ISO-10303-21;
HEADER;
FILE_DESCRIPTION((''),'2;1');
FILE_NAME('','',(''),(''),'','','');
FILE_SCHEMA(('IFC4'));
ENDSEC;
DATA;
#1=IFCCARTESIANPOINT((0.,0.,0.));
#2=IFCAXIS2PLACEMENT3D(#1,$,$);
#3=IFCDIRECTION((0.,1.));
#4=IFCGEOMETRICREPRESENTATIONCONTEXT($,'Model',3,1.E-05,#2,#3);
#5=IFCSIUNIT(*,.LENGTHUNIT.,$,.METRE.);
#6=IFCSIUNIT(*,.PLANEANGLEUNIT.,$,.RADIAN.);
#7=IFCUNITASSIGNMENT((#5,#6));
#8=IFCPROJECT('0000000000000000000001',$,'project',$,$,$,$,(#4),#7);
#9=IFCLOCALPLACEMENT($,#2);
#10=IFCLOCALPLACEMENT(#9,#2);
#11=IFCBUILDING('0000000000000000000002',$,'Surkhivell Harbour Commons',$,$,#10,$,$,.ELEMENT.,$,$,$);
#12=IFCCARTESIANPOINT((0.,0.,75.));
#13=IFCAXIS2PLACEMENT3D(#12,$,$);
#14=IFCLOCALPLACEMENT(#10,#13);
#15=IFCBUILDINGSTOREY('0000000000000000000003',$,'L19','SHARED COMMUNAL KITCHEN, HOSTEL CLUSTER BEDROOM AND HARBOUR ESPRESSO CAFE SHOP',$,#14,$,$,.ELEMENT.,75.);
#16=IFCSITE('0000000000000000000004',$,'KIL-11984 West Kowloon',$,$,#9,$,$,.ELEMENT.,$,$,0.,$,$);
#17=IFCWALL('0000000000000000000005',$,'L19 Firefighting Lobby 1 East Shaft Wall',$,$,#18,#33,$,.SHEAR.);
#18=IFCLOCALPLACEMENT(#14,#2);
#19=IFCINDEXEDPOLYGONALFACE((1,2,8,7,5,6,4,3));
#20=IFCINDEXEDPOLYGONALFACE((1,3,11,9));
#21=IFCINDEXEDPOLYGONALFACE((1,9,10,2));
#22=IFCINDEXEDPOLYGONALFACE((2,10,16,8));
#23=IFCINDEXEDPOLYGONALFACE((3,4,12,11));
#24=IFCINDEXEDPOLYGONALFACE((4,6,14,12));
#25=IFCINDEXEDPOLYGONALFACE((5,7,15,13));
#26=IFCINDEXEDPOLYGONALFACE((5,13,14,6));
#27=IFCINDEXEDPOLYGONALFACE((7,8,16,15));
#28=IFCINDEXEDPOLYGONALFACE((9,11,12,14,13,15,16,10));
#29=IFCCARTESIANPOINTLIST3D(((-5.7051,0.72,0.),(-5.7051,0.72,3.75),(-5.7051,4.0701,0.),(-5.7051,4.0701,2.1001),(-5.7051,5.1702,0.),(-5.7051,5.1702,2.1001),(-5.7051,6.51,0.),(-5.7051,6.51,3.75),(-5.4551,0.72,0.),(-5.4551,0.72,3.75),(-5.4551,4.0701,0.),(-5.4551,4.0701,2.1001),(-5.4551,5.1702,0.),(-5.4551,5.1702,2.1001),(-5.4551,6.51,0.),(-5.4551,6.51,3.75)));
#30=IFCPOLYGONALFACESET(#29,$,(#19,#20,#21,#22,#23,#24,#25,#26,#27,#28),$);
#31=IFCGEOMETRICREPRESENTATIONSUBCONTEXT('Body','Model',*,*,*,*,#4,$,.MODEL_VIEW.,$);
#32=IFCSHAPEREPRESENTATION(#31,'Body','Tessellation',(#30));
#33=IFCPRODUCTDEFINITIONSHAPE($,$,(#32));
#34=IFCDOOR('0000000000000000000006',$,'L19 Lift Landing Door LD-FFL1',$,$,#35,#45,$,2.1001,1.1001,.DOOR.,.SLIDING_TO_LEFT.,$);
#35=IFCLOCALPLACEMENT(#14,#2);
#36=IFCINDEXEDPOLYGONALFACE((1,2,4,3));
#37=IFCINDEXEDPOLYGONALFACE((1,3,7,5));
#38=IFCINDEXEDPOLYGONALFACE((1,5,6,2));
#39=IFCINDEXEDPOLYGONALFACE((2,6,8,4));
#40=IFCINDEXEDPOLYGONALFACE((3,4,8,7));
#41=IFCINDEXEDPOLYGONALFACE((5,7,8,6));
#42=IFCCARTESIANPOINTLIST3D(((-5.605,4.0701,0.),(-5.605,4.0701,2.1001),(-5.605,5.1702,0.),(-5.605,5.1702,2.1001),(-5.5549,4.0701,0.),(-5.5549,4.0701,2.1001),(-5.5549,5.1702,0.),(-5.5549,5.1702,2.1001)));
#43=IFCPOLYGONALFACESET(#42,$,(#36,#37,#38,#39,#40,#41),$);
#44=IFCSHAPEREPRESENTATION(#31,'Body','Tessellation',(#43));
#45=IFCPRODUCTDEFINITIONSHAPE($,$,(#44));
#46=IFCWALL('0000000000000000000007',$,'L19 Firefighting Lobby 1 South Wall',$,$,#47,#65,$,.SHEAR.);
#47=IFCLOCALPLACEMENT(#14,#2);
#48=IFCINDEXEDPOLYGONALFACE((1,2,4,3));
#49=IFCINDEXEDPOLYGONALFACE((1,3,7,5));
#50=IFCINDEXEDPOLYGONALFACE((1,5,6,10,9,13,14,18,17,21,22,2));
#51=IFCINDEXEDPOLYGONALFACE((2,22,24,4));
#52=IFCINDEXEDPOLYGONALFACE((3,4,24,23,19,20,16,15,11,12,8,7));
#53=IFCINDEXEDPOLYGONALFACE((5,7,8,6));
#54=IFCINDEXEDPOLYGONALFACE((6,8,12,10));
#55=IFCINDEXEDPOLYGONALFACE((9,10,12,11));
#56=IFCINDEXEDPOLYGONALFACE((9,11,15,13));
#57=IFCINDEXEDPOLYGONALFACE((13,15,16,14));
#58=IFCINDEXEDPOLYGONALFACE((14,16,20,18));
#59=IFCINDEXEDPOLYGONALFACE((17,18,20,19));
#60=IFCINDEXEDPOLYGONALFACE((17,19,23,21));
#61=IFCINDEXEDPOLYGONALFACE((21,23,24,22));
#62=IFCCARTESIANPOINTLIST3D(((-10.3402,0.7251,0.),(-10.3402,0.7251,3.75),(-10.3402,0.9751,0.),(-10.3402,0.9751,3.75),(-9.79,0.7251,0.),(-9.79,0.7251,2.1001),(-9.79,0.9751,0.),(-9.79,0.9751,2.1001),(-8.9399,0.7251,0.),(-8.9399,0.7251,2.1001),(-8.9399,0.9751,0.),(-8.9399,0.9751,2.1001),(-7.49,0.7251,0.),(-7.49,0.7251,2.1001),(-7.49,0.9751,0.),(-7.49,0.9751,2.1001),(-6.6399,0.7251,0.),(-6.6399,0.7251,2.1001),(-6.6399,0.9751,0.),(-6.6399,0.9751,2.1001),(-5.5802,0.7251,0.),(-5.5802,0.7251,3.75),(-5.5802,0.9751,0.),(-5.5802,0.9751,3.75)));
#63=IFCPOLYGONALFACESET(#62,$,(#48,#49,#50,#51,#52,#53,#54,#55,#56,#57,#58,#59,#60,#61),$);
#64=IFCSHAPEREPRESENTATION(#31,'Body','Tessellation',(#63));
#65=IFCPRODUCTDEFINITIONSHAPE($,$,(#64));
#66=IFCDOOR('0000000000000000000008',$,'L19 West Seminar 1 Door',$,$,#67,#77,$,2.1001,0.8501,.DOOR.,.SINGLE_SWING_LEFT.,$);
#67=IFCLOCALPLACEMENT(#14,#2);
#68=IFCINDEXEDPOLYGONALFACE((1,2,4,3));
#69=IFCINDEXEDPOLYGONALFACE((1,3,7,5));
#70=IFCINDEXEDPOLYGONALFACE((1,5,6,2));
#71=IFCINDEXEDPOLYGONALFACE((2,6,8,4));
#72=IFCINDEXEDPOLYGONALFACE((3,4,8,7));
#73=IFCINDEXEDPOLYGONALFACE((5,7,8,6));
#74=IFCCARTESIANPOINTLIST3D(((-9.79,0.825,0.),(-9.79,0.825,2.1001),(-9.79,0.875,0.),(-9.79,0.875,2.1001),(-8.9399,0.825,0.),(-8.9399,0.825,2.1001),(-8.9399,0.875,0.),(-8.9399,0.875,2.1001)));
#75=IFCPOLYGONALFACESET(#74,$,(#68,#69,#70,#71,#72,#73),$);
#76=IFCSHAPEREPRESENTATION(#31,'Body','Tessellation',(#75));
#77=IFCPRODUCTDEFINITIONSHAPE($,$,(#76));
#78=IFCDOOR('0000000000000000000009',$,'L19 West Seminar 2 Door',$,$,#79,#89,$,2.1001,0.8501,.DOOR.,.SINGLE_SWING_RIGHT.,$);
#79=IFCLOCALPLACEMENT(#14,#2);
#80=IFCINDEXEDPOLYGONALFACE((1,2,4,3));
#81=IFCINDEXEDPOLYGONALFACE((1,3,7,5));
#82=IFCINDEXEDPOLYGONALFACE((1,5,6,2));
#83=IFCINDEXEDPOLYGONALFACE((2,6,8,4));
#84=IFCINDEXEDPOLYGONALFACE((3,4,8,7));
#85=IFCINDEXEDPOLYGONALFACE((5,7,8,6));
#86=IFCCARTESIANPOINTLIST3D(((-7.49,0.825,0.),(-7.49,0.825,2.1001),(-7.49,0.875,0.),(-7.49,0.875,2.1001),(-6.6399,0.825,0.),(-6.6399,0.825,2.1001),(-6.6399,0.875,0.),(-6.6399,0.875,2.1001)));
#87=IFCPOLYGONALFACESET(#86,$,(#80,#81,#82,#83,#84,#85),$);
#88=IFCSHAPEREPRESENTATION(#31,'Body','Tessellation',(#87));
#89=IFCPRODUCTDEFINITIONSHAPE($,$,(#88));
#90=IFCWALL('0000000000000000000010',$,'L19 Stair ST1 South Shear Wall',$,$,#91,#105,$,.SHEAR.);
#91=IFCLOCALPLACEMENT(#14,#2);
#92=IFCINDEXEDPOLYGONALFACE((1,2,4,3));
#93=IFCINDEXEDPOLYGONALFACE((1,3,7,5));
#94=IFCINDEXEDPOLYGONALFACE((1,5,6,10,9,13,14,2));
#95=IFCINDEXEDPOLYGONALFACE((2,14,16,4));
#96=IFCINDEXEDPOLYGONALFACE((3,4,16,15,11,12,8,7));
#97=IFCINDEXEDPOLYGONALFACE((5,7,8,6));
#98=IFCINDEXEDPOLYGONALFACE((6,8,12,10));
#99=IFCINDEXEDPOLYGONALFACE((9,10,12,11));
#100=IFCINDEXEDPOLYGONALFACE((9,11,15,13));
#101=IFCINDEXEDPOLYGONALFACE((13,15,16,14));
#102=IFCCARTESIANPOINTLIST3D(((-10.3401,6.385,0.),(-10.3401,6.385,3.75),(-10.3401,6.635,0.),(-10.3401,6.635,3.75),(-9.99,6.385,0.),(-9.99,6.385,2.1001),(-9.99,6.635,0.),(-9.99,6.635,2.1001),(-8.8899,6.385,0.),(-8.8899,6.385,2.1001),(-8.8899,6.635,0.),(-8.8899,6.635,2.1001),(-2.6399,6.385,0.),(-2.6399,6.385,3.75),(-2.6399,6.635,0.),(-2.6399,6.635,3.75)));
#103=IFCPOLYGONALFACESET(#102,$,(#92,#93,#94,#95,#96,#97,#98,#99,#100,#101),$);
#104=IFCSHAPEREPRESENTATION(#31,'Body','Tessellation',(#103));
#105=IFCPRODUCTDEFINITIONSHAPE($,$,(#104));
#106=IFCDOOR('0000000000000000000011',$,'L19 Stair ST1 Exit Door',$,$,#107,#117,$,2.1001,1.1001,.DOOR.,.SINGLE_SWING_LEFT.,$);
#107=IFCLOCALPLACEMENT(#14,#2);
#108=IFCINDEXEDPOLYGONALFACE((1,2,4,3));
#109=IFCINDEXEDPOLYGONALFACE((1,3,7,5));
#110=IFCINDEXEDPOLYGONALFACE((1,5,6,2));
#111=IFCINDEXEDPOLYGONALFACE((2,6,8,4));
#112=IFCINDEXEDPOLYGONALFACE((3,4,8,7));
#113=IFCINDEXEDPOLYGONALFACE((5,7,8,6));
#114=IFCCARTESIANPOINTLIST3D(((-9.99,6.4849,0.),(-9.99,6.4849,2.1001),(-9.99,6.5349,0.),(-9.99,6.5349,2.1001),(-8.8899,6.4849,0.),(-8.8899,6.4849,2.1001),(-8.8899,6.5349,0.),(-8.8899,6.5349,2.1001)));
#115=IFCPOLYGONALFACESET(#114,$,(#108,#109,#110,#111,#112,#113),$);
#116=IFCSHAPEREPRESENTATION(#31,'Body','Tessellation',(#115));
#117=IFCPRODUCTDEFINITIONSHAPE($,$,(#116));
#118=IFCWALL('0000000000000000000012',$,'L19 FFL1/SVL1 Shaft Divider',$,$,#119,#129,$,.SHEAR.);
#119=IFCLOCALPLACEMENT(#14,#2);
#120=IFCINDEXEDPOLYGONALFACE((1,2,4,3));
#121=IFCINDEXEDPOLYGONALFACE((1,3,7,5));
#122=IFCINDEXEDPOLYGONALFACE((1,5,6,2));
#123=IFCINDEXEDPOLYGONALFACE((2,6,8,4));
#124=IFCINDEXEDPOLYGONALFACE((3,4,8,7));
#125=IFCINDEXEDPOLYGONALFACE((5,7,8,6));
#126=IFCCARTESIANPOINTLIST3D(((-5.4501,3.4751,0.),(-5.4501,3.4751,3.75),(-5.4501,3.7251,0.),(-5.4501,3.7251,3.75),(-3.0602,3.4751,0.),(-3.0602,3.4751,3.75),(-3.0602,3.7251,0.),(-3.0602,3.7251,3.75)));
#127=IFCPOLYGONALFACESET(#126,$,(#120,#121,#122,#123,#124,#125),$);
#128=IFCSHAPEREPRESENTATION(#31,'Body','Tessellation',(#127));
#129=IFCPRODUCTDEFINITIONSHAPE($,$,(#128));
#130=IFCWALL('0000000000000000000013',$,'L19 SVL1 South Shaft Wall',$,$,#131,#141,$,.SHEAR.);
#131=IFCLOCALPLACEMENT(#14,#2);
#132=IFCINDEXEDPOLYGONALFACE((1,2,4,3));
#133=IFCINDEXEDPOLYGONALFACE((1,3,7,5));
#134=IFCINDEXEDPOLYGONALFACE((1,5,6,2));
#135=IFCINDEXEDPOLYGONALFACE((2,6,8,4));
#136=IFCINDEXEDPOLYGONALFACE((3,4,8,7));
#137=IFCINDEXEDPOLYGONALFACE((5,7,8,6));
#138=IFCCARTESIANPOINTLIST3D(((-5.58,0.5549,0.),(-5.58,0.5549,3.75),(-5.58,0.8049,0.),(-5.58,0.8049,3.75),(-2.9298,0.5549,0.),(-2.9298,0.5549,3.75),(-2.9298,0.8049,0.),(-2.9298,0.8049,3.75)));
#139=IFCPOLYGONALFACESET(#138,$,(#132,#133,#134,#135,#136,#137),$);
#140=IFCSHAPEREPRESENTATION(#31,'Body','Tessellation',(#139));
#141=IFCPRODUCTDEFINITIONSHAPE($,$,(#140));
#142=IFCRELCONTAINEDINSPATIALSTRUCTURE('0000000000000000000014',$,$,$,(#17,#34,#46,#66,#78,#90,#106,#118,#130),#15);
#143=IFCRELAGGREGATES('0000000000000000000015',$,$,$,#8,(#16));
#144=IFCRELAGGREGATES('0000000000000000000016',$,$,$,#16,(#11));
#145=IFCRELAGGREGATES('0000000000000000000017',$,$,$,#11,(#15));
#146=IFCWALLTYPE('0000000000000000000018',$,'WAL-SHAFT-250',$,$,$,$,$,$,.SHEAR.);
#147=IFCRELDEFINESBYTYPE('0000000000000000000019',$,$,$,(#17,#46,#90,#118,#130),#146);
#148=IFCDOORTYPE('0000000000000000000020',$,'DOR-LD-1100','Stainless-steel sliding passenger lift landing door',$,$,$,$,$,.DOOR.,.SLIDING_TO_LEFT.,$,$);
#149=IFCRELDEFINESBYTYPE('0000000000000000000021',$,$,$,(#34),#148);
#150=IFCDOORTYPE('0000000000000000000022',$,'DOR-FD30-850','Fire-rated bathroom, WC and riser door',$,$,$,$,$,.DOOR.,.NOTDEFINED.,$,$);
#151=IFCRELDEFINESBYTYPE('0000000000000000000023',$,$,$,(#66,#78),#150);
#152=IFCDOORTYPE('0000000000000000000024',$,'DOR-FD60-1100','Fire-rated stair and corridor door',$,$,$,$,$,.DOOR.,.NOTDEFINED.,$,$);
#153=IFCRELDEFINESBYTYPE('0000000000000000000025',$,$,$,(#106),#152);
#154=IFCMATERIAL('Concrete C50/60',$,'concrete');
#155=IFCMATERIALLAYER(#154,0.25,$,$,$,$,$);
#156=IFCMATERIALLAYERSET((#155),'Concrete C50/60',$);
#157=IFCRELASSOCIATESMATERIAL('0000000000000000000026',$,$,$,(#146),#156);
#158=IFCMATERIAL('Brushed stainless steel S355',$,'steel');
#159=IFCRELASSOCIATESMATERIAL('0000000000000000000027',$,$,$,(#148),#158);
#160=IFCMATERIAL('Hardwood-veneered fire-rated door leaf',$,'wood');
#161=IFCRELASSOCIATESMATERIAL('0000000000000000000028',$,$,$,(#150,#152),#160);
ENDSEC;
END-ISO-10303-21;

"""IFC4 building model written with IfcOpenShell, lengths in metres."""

from ifc_helpers import new_model, si_unit, direction, frame, frame_2d, origin, place, context, subcontext, project, spatial, rectangle, extrude, material, layer, layer_set, type_object, element, fill, save


model = new_model("IFC4")

# Units and contexts
model_context = context("Model", 3, precision=1e-05, world=origin(), true_north=direction((0.0, 1.0)))
body_context = subcontext(model_context, "Body", "Model", "MODEL_VIEW")
ifc_project = project(units=[si_unit("LENGTHUNIT", "METRE"), si_unit("PLANEANGLEUNIT", "RADIAN")], contexts=[model_context])

# Site, building, storey
site_placement = place(None, origin())
site = spatial("IfcSite", under=ifc_project, at=site_placement, Name="KIL-11984 West Kowloon", CompositionType="ELEMENT", RefElevation=0.0)
building_placement = place(site_placement, origin())
building = spatial("IfcBuilding", under=site, at=building_placement, Name="Surkhivell Harbour Commons", CompositionType="ELEMENT")
storey_placement = place(building_placement, frame((0.0, 0.0, 75.0)))
storey = spatial("IfcBuildingStorey", under=building, at=storey_placement, Name="L19", Description="SHARED COMMUNAL KITCHEN, HOSTEL CLUSTER BEDROOM AND HARBOUR ESPRESSO CAFE SHOP", CompositionType="ELEMENT", Elevation=75.0)

# Shared definitions
ifc_material_1 = material(Name="Hardwood-veneered fire-rated door leaf", Category="wood")

# Wall, opening, door
ifc_material_2 = material(Name="Concrete C50/60", Category="concrete")
ifc_layer_1 = layer(ifc_material_2, 0.25)
ifc_layer_set_1 = layer_set([ifc_layer_1], Name="Concrete C50/60")
wall_type_1 = type_object("IfcWallType", Name="WAL-SHAFT-250", PredefinedType="SHEAR", material=ifc_layer_set_1)
wall_1_placement = place(storey_placement, frame((-5.5801, 0.72, 0.0), z_axis=(0.0, 0.0, 1.0), x_axis=(0.0, 1.0, 0.0)))
wall_1 = element("IfcWall", 1, at=wall_1_placement, inside=storey, type_object=wall_type_1, Name="L19 Firefighting Lobby 1 East Shaft Wall", PredefinedType="SHEAR", context=body_context, shape_type="SweptSolid", body=[
    extrude(rectangle(XDim=5.79, YDim=0.25, at=frame_2d((2.895, 0.0))), origin(), (0.0, 0.0, 1.0), 3.75),
])
opening_1_placement = place(wall_1_placement, frame((3.3501, 0.0, 0.0)))
opening_1 = element("IfcOpeningElement", 2, at=opening_1_placement, cuts=wall_1, PredefinedType="OPENING", context=body_context, shape_type="SweptSolid", body=[
    extrude(rectangle(XDim=1.1001, YDim=2.1001, at=frame_2d((0.55, 1.05))), frame((0.0, 0.135, 0.0), z_axis=(0.0, -1.0, 0.0), x_axis=(1.0, 0.0, 0.0)), (0.0, 0.0, 1.0), 0.27),
])
ifc_material_3 = material(Name="Brushed stainless steel S355", Category="steel")
door_type_1 = type_object("IfcDoorType", Name="DOR-LD-1100", Description="Stainless-steel sliding passenger lift landing door", OperationType="SLIDING_TO_LEFT", PredefinedType="DOOR", material=ifc_material_3)
door_1_placement = place(opening_1_placement, origin())
door_1 = element("IfcDoor", 3, at=door_1_placement, inside=storey, type_object=door_type_1, Name="L19 Lift Landing Door LD-FFL1", OperationType="SLIDING_TO_LEFT", OverallHeight=2.1001, OverallWidth=1.1001, PredefinedType="DOOR", context=body_context, shape_type="SweptSolid", body=[
    extrude(rectangle(XDim=1.1001, YDim=2.1001, at=frame_2d((0.55, 1.05))), frame((0.0, 0.0249, 0.0), z_axis=(0.0, -1.0, 0.0), x_axis=(1.0, 0.0, 0.0)), (0.0, 0.0, 1.0), 0.05),
])
fill(opening_1, door_1)

# Wall, openings, doors
wall_2_placement = place(storey_placement, frame((-10.3401, 0.8501, 0.0), z_axis=(0.0, 0.0, 1.0), x_axis=(1.0, 0.0, 0.0)))
wall_2 = element("IfcWall", 4, at=wall_2_placement, inside=storey, type_object=wall_type_1, Name="L19 Firefighting Lobby 1 South Wall", PredefinedType="SHEAR", context=body_context, shape_type="SweptSolid", body=[
    extrude(rectangle(XDim=4.76, YDim=0.25, at=frame_2d((2.3799, 0.0))), origin(), (0.0, 0.0, 1.0), 3.75),
])
opening_2_placement = place(wall_2_placement, frame((0.55, 0.0, 0.0)))
opening_2 = element("IfcOpeningElement", 5, at=opening_2_placement, cuts=wall_2, PredefinedType="OPENING", context=body_context, shape_type="SweptSolid", body=[
    extrude(rectangle(XDim=0.8501, YDim=2.1001, at=frame_2d((0.425, 1.05))), frame((0.0, 0.135, 0.0), z_axis=(0.0, -1.0, 0.0), x_axis=(1.0, 0.0, 0.0)), (0.0, 0.0, 1.0), 0.27),
])
opening_3_placement = place(wall_2_placement, frame((2.8501, 0.0, 0.0)))
opening_3 = element("IfcOpeningElement", 6, at=opening_3_placement, cuts=wall_2, PredefinedType="OPENING", context=body_context, shape_type="SweptSolid", body=[
    extrude(rectangle(XDim=0.8501, YDim=2.1001, at=frame_2d((0.425, 1.05))), frame((0.0, 0.135, 0.0), z_axis=(0.0, -1.0, 0.0), x_axis=(1.0, 0.0, 0.0)), (0.0, 0.0, 1.0), 0.27),
])
door_type_2 = type_object("IfcDoorType", Name="DOR-FD30-850", Description="Fire-rated bathroom, WC and riser door", OperationType="NOTDEFINED", PredefinedType="DOOR", material=ifc_material_1)
door_2_placement = place(opening_2_placement, origin())
door_2 = element("IfcDoor", 7, at=door_2_placement, inside=storey, type_object=door_type_2, Name="L19 West Seminar 1 Door", OperationType="SINGLE_SWING_LEFT", OverallHeight=2.1001, OverallWidth=0.8501, PredefinedType="DOOR", context=body_context, shape_type="SweptSolid", body=[
    extrude(rectangle(XDim=0.8501, YDim=2.1001, at=frame_2d((0.425, 1.05))), frame((0.0, 0.0249, 0.0), z_axis=(0.0, -1.0, 0.0), x_axis=(1.0, 0.0, 0.0)), (0.0, 0.0, 1.0), 0.05),
])
fill(opening_2, door_2)
door_3_placement = place(opening_3_placement, origin())
door_3 = element("IfcDoor", 8, at=door_3_placement, inside=storey, type_object=door_type_2, Name="L19 West Seminar 2 Door", OperationType="SINGLE_SWING_RIGHT", OverallHeight=2.1001, OverallWidth=0.8501, PredefinedType="DOOR", context=body_context, shape_type="SweptSolid", body=[
    extrude(rectangle(XDim=0.8501, YDim=2.1001, at=frame_2d((0.425, 1.05))), frame((0.0, 0.0249, 0.0), z_axis=(0.0, -1.0, 0.0), x_axis=(1.0, 0.0, 0.0)), (0.0, 0.0, 1.0), 0.05),
])
fill(opening_3, door_3)

# Wall, opening, door
wall_3_placement = place(storey_placement, frame((-10.3401, 6.51, 0.0), z_axis=(0.0, 0.0, 1.0), x_axis=(1.0, 0.0, 0.0)))
wall_3 = element("IfcWall", 9, at=wall_3_placement, inside=storey, type_object=wall_type_1, Name="L19 Stair ST1 South Shear Wall", PredefinedType="SHEAR", context=body_context, shape_type="SweptSolid", body=[
    extrude(rectangle(XDim=7.7002, YDim=0.25, at=frame_2d((3.8501, 0.0))), origin(), (0.0, 0.0, 1.0), 3.75),
])
opening_4_placement = place(wall_3_placement, frame((0.3501, 0.0, 0.0)))
opening_4 = element("IfcOpeningElement", 10, at=opening_4_placement, cuts=wall_3, PredefinedType="OPENING", context=body_context, shape_type="SweptSolid", body=[
    extrude(rectangle(XDim=1.1001, YDim=2.1001, at=frame_2d((0.55, 1.05))), frame((0.0, 0.135, 0.0), z_axis=(0.0, -1.0, 0.0), x_axis=(1.0, 0.0, 0.0)), (0.0, 0.0, 1.0), 0.27),
])
door_type_3 = type_object("IfcDoorType", Name="DOR-FD60-1100", Description="Fire-rated stair and corridor door", OperationType="NOTDEFINED", PredefinedType="DOOR", material=ifc_material_1)
door_4_placement = place(opening_4_placement, origin())
door_4 = element("IfcDoor", 11, at=door_4_placement, inside=storey, type_object=door_type_3, Name="L19 Stair ST1 Exit Door", OperationType="SINGLE_SWING_LEFT", OverallHeight=2.1001, OverallWidth=1.1001, PredefinedType="DOOR", context=body_context, shape_type="SweptSolid", body=[
    extrude(rectangle(XDim=1.1001, YDim=2.1001, at=frame_2d((0.55, 1.05))), frame((0.0, 0.0249, 0.0), z_axis=(0.0, -1.0, 0.0), x_axis=(1.0, 0.0, 0.0)), (0.0, 0.0, 1.0), 0.05),
])
fill(opening_4, door_4)

# Walls
wall_4_placement = place(storey_placement, frame((-5.45, 3.6001, 0.0), z_axis=(0.0, 0.0, 1.0), x_axis=(1.0, 0.0, 0.0)))
element("IfcWall", 12, at=wall_4_placement, inside=storey, type_object=wall_type_1, Name="L19 FFL1/SVL1 Shaft Divider", PredefinedType="SHEAR", context=body_context, shape_type="SweptSolid", body=[
    extrude(rectangle(XDim=2.3899, YDim=0.25, at=frame_2d((1.1948, 0.0))), origin(), (0.0, 0.0, 1.0), 3.75),
])
wall_5_placement = place(storey_placement, frame((-5.5801, 0.6799, 0.0), z_axis=(0.0, 0.0, 1.0), x_axis=(1.0, 0.0, 0.0)))
element("IfcWall", 13, at=wall_5_placement, inside=storey, type_object=wall_type_1, Name="L19 SVL1 South Shaft Wall", PredefinedType="SHEAR", context=body_context, shape_type="SweptSolid", body=[
    extrude(rectangle(XDim=2.6501, YDim=0.25, at=frame_2d((1.3252, 0.0))), origin(), (0.0, 0.0, 1.0), 3.75),
])

save(model, "model.ifc")
